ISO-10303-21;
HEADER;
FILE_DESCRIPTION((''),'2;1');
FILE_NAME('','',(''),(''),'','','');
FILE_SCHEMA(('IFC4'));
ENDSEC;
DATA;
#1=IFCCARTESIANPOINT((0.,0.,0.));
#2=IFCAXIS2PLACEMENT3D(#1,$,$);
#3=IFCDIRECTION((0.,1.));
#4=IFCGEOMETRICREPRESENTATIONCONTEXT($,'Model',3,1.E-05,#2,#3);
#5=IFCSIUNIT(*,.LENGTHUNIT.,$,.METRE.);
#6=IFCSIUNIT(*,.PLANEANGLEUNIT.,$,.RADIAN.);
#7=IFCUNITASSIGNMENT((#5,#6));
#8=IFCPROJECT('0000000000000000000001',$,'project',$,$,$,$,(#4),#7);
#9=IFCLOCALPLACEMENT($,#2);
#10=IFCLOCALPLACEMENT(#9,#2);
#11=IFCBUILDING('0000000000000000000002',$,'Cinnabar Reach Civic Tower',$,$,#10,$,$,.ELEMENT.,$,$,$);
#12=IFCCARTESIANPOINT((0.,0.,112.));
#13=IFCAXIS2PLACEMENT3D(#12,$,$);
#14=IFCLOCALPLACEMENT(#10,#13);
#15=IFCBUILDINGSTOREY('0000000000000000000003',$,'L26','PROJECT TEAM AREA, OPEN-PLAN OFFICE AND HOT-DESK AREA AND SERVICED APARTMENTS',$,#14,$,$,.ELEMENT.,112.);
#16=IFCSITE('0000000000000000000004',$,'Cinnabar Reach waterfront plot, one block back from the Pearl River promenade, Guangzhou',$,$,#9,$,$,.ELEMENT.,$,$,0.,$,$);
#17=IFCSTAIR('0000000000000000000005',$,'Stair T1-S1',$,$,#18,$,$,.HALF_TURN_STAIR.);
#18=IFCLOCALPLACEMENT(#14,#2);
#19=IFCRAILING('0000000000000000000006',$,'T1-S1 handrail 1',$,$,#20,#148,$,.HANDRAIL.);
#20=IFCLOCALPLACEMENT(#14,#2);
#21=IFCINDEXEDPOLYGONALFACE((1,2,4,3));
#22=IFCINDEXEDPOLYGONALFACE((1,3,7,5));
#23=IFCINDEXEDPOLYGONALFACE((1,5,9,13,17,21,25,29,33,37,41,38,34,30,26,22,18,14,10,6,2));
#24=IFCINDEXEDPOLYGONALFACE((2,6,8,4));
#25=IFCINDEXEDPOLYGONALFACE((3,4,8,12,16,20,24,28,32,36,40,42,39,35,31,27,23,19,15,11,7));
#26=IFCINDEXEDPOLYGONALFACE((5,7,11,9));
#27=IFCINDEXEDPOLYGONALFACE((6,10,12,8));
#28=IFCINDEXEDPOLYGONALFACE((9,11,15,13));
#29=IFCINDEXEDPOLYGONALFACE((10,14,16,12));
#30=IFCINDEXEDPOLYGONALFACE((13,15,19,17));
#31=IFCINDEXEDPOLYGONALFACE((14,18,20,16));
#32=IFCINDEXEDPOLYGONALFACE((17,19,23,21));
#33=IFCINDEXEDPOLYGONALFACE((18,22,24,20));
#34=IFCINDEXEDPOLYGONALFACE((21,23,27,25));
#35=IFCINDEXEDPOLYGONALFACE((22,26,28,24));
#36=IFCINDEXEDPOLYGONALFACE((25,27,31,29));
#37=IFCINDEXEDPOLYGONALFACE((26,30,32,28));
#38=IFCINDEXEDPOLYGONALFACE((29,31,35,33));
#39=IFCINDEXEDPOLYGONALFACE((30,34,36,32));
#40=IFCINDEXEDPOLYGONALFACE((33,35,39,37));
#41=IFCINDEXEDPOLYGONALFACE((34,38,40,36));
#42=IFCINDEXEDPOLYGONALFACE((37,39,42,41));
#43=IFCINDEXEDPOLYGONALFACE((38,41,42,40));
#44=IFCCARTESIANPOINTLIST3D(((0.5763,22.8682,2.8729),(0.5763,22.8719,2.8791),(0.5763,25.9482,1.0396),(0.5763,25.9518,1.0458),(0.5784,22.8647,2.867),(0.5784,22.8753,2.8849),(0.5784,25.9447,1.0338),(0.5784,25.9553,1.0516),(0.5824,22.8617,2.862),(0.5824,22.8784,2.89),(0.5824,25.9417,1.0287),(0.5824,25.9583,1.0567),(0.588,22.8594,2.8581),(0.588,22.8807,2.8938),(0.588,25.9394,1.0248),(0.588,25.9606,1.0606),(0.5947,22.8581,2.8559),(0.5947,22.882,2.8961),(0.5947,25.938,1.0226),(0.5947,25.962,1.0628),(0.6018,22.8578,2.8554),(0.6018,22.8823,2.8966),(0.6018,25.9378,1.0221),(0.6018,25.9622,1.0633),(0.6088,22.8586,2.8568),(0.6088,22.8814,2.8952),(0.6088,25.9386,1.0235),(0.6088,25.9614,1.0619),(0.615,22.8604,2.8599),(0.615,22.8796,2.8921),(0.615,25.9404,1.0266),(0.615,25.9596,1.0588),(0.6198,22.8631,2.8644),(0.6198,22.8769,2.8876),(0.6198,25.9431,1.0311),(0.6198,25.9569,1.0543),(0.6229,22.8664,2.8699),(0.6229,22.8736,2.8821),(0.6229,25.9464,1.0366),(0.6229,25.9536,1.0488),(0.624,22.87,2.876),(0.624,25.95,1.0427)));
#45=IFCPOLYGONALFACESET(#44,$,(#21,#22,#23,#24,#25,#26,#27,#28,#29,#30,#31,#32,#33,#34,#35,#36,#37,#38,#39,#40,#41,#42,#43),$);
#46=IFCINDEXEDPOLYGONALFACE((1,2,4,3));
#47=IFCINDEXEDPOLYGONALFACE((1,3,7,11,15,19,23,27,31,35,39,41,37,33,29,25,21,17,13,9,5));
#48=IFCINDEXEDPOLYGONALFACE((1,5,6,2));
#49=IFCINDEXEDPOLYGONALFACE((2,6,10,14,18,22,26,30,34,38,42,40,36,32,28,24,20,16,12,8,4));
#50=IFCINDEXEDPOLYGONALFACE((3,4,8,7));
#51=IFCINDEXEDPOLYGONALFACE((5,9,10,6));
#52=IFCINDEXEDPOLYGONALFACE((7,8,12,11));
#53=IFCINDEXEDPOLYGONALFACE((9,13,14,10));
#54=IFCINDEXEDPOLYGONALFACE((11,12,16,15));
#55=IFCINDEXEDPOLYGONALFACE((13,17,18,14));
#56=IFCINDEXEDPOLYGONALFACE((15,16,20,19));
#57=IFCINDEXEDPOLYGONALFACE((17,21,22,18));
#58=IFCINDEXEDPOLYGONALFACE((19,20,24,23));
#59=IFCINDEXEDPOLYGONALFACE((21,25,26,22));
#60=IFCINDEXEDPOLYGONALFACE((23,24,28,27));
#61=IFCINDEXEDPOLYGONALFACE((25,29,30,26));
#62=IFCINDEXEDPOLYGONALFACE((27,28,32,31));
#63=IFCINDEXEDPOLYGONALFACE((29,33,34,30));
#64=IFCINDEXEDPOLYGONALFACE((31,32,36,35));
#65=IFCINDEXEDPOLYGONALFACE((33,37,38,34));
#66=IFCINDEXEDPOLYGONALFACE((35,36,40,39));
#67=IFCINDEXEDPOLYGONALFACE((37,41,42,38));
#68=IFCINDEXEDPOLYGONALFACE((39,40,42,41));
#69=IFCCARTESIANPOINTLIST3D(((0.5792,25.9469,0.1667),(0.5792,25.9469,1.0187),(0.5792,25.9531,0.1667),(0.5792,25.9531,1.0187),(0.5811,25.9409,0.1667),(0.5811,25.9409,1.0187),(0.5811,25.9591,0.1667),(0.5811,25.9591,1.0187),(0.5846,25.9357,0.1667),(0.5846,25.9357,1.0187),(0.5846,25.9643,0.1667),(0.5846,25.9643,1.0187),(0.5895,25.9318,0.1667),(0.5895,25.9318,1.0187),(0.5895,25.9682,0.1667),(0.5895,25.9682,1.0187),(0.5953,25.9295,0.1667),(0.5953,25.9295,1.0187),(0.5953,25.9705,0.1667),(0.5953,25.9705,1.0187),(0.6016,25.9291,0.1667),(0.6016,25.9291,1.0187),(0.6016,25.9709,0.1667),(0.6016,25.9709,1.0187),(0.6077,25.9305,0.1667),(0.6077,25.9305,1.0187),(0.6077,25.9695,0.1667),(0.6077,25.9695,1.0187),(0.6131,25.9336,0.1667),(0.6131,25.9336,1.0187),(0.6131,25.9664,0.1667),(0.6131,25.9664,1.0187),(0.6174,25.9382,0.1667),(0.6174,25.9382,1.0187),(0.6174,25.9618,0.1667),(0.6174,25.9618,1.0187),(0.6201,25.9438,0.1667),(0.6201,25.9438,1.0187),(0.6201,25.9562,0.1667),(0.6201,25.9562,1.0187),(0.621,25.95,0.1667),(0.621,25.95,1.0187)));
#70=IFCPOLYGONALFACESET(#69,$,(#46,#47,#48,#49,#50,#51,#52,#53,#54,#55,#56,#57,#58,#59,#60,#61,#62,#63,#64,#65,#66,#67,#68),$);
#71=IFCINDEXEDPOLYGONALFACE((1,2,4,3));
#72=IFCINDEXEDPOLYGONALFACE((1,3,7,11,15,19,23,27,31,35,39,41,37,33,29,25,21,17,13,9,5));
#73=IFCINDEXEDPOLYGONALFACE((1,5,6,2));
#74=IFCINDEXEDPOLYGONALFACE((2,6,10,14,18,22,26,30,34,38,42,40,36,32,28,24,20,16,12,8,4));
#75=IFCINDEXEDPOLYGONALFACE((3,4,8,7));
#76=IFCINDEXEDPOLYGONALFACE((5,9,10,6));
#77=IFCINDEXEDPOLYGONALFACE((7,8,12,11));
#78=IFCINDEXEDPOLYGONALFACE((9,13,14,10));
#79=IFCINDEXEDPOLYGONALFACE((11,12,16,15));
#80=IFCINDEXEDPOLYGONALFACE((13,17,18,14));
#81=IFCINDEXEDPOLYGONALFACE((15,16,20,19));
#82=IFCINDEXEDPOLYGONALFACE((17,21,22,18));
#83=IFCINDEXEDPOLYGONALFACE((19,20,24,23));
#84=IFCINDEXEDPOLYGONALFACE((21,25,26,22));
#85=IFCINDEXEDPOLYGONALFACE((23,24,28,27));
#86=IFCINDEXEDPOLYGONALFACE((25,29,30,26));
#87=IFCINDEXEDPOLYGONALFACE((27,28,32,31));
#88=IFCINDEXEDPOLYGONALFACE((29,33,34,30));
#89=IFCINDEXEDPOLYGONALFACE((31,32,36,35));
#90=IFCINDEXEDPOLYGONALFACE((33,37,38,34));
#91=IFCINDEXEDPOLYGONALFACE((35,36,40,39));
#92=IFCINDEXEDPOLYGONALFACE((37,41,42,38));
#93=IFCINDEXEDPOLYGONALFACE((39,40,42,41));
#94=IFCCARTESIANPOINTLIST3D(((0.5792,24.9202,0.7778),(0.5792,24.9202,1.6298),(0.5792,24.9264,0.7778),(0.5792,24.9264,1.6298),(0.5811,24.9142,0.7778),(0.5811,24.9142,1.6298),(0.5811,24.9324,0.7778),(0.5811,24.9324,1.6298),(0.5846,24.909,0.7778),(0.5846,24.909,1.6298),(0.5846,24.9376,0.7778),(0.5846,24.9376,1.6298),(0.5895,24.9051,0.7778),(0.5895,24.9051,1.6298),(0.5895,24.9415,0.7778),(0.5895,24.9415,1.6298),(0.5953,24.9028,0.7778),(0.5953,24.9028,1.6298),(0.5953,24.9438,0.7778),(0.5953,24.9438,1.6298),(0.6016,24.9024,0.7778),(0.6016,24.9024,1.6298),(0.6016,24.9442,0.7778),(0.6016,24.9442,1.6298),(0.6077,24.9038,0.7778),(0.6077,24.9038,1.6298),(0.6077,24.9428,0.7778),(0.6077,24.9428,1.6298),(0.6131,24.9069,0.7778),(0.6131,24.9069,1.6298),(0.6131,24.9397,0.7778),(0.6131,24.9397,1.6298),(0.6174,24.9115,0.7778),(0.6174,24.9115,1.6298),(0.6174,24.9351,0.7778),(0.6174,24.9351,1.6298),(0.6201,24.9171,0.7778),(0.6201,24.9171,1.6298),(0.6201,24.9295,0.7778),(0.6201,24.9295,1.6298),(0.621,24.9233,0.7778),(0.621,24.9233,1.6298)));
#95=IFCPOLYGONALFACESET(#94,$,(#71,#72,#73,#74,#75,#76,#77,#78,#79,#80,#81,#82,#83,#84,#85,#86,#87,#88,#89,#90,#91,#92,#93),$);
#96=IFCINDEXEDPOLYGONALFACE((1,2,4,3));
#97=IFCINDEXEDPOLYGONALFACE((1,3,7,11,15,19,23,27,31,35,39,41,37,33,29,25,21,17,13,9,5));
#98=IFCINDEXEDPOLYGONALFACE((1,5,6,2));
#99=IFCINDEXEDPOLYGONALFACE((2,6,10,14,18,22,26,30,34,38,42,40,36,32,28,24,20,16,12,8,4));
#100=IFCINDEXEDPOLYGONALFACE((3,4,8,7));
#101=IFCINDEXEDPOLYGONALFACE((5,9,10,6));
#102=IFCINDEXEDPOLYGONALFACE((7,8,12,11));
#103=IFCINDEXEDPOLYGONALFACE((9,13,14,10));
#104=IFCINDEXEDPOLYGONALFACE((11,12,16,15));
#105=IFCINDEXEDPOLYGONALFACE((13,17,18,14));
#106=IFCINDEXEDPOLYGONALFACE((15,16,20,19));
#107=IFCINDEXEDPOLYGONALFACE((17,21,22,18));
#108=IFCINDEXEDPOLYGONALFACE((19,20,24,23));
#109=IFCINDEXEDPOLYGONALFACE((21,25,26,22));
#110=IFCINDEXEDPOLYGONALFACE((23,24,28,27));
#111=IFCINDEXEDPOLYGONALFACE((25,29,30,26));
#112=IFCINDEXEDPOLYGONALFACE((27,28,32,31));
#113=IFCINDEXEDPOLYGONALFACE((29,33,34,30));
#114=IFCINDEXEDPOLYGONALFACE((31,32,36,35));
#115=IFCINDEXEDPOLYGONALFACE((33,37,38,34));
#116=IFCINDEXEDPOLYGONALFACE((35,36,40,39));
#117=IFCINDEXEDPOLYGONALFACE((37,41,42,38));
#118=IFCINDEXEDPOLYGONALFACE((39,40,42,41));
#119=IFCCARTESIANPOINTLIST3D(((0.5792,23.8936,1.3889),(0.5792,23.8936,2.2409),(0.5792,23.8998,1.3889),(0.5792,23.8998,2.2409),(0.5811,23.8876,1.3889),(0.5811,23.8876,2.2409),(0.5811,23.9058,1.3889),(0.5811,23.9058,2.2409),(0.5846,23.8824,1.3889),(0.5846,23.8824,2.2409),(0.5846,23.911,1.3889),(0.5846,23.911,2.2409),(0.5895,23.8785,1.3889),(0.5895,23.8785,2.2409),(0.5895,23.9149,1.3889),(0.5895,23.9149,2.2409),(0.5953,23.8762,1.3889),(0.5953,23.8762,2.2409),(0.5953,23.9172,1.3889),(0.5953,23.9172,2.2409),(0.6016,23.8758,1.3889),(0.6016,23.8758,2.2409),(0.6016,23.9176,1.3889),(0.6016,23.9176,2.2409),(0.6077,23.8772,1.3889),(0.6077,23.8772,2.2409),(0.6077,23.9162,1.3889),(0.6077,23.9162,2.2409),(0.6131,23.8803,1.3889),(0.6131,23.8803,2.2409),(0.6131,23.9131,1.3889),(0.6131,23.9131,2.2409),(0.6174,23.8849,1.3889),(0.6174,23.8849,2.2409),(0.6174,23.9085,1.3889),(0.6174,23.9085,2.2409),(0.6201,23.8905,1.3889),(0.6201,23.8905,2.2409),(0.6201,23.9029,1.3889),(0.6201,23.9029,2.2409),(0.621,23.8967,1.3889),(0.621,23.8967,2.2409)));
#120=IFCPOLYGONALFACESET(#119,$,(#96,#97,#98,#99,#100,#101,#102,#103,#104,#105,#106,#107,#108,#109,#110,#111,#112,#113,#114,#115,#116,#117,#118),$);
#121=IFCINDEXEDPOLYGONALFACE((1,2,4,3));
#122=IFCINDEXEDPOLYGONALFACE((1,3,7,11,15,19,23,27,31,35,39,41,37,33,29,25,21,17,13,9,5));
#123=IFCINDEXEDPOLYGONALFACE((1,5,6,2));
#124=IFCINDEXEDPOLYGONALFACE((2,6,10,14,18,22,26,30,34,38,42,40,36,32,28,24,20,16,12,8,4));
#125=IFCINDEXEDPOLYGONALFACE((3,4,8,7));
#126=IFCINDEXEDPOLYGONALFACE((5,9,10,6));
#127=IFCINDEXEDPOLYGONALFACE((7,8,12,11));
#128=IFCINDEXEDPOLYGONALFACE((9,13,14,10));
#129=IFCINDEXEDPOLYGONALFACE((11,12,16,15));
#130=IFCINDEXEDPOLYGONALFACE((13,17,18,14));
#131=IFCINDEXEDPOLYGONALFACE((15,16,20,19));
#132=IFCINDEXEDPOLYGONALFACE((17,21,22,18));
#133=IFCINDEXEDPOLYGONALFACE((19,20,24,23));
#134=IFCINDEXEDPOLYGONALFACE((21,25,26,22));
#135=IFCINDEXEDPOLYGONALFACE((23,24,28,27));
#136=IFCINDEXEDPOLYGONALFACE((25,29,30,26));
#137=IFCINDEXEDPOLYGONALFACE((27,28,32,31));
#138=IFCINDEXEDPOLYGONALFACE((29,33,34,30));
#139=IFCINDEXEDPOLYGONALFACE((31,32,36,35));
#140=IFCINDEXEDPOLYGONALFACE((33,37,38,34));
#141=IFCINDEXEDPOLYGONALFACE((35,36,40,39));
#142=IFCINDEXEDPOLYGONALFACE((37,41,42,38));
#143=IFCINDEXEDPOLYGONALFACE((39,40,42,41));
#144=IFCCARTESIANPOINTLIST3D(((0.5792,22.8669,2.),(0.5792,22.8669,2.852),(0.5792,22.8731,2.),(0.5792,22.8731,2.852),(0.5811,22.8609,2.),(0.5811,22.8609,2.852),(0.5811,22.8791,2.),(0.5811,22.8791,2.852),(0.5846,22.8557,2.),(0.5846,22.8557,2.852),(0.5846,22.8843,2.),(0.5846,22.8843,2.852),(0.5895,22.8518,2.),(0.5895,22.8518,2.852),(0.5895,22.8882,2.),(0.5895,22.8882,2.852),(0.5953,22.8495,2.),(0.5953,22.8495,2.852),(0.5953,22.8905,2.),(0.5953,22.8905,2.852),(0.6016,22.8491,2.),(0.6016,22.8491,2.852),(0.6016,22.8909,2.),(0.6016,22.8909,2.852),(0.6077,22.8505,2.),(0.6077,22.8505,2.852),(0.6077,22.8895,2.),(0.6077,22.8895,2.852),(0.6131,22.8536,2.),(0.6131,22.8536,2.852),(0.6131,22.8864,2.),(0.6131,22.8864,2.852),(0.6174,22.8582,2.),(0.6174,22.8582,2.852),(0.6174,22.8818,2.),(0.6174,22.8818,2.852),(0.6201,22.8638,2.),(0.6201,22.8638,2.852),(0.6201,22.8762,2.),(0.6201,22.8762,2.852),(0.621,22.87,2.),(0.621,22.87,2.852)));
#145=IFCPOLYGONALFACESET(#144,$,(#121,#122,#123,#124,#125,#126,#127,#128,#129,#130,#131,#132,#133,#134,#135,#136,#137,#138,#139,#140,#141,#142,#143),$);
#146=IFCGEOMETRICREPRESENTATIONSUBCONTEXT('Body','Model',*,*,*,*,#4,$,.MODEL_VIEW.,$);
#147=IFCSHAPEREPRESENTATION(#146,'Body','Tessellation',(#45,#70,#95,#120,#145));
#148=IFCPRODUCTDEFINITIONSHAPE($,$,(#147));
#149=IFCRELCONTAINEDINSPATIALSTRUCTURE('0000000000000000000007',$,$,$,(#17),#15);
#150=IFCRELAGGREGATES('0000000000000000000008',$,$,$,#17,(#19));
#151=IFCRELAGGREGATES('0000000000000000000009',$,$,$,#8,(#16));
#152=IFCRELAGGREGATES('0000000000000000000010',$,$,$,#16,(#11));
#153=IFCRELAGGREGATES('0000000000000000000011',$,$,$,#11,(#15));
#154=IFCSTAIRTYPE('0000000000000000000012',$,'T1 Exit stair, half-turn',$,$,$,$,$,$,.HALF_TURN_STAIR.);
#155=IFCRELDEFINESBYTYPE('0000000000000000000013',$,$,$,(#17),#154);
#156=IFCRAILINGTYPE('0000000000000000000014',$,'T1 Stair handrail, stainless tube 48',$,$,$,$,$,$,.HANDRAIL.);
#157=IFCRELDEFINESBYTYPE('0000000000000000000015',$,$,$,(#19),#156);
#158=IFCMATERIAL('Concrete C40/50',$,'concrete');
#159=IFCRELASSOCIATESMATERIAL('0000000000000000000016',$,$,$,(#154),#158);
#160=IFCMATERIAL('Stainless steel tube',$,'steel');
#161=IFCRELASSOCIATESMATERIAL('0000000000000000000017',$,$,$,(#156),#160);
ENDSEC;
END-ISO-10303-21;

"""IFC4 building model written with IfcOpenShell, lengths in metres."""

from ifc_helpers import new_model, si_unit, direction, frame, origin, origin_2d, place, context, subcontext, project, spatial, circle, extrude, material, type_object, element, aggregate, save


model = new_model("IFC4")

# Units and contexts
model_context = context("Model", 3, precision=1e-05, world=origin(), true_north=direction((0.0, 1.0)))
body_context = subcontext(model_context, "Body", "Model", "MODEL_VIEW")
ifc_project = project(units=[si_unit("LENGTHUNIT", "METRE"), si_unit("PLANEANGLEUNIT", "RADIAN")], contexts=[model_context])

# Site, building, storey
site_placement = place(None, origin())
site = spatial("IfcSite", under=ifc_project, at=site_placement, Name="Cinnabar Reach waterfront plot, one block back from the Pearl River promenade, Guangzhou", CompositionType="ELEMENT", RefElevation=0.0)
building_placement = place(site_placement, origin())
building = spatial("IfcBuilding", under=site, at=building_placement, Name="Cinnabar Reach Civic Tower", CompositionType="ELEMENT")
storey_placement = place(building_placement, frame((0.0, 0.0, 112.0)))
storey = spatial("IfcBuildingStorey", under=building, at=storey_placement, Name="L26", Description="PROJECT TEAM AREA, OPEN-PLAN OFFICE AND HOT-DESK AREA AND SERVICED APARTMENTS", CompositionType="ELEMENT", Elevation=112.0)

# Stair, railing
ifc_material_1 = material(Name="Concrete C40/50", Category="concrete")
stair_type = type_object("IfcStairType", Name="T1 Exit stair, half-turn", PredefinedType="HALF_TURN_STAIR", material=ifc_material_1)
stair_placement = place(storey_placement, origin())
stair = element("IfcStair", 1, at=stair_placement, inside=storey, type_object=stair_type, Name="Stair T1-S1", PredefinedType="HALF_TURN_STAIR")
ifc_material_2 = material(Name="Stainless steel tube", Category="steel")
railing_type = type_object("IfcRailingType", Name="T1 Stair handrail, stainless tube 48", PredefinedType="HANDRAIL", material=ifc_material_2)
railing_1_placement = place(storey_placement, frame((0.6, 25.95, 0.1667)))
railing_1 = element("IfcRailing", 2, at=railing_1_placement, type_object=railing_type, Name="T1-S1 handrail 1", PredefinedType="HANDRAIL", context=body_context, shape_type="SweptSolid", body=[
    extrude(circle(Radius=0.024, at=origin_2d()), frame((0.0, 0.0, 0.876), z_axis=(0.0, -0.859297, 0.511477), x_axis=(1.0, 0.0, 0.0)), (0.0, 0.0, 1.0), 3.5843),
    extrude(circle(Radius=0.021, at=origin_2d()), origin(), (0.0, 0.0, 1.0), 0.852),
    extrude(circle(Radius=0.021, at=origin_2d()), frame((0.0, -1.0267, 0.6111)), (0.0, 0.0, 1.0), 0.852),
    extrude(circle(Radius=0.021, at=origin_2d()), frame((0.0, -2.0533, 1.2222)), (0.0, 0.0, 1.0), 0.852),
    extrude(circle(Radius=0.021, at=origin_2d()), frame((0.0, -3.08, 1.8333)), (0.0, 0.0, 1.0), 0.852),
])
aggregate(stair, [railing_1])

save(model, "model.ifc")
